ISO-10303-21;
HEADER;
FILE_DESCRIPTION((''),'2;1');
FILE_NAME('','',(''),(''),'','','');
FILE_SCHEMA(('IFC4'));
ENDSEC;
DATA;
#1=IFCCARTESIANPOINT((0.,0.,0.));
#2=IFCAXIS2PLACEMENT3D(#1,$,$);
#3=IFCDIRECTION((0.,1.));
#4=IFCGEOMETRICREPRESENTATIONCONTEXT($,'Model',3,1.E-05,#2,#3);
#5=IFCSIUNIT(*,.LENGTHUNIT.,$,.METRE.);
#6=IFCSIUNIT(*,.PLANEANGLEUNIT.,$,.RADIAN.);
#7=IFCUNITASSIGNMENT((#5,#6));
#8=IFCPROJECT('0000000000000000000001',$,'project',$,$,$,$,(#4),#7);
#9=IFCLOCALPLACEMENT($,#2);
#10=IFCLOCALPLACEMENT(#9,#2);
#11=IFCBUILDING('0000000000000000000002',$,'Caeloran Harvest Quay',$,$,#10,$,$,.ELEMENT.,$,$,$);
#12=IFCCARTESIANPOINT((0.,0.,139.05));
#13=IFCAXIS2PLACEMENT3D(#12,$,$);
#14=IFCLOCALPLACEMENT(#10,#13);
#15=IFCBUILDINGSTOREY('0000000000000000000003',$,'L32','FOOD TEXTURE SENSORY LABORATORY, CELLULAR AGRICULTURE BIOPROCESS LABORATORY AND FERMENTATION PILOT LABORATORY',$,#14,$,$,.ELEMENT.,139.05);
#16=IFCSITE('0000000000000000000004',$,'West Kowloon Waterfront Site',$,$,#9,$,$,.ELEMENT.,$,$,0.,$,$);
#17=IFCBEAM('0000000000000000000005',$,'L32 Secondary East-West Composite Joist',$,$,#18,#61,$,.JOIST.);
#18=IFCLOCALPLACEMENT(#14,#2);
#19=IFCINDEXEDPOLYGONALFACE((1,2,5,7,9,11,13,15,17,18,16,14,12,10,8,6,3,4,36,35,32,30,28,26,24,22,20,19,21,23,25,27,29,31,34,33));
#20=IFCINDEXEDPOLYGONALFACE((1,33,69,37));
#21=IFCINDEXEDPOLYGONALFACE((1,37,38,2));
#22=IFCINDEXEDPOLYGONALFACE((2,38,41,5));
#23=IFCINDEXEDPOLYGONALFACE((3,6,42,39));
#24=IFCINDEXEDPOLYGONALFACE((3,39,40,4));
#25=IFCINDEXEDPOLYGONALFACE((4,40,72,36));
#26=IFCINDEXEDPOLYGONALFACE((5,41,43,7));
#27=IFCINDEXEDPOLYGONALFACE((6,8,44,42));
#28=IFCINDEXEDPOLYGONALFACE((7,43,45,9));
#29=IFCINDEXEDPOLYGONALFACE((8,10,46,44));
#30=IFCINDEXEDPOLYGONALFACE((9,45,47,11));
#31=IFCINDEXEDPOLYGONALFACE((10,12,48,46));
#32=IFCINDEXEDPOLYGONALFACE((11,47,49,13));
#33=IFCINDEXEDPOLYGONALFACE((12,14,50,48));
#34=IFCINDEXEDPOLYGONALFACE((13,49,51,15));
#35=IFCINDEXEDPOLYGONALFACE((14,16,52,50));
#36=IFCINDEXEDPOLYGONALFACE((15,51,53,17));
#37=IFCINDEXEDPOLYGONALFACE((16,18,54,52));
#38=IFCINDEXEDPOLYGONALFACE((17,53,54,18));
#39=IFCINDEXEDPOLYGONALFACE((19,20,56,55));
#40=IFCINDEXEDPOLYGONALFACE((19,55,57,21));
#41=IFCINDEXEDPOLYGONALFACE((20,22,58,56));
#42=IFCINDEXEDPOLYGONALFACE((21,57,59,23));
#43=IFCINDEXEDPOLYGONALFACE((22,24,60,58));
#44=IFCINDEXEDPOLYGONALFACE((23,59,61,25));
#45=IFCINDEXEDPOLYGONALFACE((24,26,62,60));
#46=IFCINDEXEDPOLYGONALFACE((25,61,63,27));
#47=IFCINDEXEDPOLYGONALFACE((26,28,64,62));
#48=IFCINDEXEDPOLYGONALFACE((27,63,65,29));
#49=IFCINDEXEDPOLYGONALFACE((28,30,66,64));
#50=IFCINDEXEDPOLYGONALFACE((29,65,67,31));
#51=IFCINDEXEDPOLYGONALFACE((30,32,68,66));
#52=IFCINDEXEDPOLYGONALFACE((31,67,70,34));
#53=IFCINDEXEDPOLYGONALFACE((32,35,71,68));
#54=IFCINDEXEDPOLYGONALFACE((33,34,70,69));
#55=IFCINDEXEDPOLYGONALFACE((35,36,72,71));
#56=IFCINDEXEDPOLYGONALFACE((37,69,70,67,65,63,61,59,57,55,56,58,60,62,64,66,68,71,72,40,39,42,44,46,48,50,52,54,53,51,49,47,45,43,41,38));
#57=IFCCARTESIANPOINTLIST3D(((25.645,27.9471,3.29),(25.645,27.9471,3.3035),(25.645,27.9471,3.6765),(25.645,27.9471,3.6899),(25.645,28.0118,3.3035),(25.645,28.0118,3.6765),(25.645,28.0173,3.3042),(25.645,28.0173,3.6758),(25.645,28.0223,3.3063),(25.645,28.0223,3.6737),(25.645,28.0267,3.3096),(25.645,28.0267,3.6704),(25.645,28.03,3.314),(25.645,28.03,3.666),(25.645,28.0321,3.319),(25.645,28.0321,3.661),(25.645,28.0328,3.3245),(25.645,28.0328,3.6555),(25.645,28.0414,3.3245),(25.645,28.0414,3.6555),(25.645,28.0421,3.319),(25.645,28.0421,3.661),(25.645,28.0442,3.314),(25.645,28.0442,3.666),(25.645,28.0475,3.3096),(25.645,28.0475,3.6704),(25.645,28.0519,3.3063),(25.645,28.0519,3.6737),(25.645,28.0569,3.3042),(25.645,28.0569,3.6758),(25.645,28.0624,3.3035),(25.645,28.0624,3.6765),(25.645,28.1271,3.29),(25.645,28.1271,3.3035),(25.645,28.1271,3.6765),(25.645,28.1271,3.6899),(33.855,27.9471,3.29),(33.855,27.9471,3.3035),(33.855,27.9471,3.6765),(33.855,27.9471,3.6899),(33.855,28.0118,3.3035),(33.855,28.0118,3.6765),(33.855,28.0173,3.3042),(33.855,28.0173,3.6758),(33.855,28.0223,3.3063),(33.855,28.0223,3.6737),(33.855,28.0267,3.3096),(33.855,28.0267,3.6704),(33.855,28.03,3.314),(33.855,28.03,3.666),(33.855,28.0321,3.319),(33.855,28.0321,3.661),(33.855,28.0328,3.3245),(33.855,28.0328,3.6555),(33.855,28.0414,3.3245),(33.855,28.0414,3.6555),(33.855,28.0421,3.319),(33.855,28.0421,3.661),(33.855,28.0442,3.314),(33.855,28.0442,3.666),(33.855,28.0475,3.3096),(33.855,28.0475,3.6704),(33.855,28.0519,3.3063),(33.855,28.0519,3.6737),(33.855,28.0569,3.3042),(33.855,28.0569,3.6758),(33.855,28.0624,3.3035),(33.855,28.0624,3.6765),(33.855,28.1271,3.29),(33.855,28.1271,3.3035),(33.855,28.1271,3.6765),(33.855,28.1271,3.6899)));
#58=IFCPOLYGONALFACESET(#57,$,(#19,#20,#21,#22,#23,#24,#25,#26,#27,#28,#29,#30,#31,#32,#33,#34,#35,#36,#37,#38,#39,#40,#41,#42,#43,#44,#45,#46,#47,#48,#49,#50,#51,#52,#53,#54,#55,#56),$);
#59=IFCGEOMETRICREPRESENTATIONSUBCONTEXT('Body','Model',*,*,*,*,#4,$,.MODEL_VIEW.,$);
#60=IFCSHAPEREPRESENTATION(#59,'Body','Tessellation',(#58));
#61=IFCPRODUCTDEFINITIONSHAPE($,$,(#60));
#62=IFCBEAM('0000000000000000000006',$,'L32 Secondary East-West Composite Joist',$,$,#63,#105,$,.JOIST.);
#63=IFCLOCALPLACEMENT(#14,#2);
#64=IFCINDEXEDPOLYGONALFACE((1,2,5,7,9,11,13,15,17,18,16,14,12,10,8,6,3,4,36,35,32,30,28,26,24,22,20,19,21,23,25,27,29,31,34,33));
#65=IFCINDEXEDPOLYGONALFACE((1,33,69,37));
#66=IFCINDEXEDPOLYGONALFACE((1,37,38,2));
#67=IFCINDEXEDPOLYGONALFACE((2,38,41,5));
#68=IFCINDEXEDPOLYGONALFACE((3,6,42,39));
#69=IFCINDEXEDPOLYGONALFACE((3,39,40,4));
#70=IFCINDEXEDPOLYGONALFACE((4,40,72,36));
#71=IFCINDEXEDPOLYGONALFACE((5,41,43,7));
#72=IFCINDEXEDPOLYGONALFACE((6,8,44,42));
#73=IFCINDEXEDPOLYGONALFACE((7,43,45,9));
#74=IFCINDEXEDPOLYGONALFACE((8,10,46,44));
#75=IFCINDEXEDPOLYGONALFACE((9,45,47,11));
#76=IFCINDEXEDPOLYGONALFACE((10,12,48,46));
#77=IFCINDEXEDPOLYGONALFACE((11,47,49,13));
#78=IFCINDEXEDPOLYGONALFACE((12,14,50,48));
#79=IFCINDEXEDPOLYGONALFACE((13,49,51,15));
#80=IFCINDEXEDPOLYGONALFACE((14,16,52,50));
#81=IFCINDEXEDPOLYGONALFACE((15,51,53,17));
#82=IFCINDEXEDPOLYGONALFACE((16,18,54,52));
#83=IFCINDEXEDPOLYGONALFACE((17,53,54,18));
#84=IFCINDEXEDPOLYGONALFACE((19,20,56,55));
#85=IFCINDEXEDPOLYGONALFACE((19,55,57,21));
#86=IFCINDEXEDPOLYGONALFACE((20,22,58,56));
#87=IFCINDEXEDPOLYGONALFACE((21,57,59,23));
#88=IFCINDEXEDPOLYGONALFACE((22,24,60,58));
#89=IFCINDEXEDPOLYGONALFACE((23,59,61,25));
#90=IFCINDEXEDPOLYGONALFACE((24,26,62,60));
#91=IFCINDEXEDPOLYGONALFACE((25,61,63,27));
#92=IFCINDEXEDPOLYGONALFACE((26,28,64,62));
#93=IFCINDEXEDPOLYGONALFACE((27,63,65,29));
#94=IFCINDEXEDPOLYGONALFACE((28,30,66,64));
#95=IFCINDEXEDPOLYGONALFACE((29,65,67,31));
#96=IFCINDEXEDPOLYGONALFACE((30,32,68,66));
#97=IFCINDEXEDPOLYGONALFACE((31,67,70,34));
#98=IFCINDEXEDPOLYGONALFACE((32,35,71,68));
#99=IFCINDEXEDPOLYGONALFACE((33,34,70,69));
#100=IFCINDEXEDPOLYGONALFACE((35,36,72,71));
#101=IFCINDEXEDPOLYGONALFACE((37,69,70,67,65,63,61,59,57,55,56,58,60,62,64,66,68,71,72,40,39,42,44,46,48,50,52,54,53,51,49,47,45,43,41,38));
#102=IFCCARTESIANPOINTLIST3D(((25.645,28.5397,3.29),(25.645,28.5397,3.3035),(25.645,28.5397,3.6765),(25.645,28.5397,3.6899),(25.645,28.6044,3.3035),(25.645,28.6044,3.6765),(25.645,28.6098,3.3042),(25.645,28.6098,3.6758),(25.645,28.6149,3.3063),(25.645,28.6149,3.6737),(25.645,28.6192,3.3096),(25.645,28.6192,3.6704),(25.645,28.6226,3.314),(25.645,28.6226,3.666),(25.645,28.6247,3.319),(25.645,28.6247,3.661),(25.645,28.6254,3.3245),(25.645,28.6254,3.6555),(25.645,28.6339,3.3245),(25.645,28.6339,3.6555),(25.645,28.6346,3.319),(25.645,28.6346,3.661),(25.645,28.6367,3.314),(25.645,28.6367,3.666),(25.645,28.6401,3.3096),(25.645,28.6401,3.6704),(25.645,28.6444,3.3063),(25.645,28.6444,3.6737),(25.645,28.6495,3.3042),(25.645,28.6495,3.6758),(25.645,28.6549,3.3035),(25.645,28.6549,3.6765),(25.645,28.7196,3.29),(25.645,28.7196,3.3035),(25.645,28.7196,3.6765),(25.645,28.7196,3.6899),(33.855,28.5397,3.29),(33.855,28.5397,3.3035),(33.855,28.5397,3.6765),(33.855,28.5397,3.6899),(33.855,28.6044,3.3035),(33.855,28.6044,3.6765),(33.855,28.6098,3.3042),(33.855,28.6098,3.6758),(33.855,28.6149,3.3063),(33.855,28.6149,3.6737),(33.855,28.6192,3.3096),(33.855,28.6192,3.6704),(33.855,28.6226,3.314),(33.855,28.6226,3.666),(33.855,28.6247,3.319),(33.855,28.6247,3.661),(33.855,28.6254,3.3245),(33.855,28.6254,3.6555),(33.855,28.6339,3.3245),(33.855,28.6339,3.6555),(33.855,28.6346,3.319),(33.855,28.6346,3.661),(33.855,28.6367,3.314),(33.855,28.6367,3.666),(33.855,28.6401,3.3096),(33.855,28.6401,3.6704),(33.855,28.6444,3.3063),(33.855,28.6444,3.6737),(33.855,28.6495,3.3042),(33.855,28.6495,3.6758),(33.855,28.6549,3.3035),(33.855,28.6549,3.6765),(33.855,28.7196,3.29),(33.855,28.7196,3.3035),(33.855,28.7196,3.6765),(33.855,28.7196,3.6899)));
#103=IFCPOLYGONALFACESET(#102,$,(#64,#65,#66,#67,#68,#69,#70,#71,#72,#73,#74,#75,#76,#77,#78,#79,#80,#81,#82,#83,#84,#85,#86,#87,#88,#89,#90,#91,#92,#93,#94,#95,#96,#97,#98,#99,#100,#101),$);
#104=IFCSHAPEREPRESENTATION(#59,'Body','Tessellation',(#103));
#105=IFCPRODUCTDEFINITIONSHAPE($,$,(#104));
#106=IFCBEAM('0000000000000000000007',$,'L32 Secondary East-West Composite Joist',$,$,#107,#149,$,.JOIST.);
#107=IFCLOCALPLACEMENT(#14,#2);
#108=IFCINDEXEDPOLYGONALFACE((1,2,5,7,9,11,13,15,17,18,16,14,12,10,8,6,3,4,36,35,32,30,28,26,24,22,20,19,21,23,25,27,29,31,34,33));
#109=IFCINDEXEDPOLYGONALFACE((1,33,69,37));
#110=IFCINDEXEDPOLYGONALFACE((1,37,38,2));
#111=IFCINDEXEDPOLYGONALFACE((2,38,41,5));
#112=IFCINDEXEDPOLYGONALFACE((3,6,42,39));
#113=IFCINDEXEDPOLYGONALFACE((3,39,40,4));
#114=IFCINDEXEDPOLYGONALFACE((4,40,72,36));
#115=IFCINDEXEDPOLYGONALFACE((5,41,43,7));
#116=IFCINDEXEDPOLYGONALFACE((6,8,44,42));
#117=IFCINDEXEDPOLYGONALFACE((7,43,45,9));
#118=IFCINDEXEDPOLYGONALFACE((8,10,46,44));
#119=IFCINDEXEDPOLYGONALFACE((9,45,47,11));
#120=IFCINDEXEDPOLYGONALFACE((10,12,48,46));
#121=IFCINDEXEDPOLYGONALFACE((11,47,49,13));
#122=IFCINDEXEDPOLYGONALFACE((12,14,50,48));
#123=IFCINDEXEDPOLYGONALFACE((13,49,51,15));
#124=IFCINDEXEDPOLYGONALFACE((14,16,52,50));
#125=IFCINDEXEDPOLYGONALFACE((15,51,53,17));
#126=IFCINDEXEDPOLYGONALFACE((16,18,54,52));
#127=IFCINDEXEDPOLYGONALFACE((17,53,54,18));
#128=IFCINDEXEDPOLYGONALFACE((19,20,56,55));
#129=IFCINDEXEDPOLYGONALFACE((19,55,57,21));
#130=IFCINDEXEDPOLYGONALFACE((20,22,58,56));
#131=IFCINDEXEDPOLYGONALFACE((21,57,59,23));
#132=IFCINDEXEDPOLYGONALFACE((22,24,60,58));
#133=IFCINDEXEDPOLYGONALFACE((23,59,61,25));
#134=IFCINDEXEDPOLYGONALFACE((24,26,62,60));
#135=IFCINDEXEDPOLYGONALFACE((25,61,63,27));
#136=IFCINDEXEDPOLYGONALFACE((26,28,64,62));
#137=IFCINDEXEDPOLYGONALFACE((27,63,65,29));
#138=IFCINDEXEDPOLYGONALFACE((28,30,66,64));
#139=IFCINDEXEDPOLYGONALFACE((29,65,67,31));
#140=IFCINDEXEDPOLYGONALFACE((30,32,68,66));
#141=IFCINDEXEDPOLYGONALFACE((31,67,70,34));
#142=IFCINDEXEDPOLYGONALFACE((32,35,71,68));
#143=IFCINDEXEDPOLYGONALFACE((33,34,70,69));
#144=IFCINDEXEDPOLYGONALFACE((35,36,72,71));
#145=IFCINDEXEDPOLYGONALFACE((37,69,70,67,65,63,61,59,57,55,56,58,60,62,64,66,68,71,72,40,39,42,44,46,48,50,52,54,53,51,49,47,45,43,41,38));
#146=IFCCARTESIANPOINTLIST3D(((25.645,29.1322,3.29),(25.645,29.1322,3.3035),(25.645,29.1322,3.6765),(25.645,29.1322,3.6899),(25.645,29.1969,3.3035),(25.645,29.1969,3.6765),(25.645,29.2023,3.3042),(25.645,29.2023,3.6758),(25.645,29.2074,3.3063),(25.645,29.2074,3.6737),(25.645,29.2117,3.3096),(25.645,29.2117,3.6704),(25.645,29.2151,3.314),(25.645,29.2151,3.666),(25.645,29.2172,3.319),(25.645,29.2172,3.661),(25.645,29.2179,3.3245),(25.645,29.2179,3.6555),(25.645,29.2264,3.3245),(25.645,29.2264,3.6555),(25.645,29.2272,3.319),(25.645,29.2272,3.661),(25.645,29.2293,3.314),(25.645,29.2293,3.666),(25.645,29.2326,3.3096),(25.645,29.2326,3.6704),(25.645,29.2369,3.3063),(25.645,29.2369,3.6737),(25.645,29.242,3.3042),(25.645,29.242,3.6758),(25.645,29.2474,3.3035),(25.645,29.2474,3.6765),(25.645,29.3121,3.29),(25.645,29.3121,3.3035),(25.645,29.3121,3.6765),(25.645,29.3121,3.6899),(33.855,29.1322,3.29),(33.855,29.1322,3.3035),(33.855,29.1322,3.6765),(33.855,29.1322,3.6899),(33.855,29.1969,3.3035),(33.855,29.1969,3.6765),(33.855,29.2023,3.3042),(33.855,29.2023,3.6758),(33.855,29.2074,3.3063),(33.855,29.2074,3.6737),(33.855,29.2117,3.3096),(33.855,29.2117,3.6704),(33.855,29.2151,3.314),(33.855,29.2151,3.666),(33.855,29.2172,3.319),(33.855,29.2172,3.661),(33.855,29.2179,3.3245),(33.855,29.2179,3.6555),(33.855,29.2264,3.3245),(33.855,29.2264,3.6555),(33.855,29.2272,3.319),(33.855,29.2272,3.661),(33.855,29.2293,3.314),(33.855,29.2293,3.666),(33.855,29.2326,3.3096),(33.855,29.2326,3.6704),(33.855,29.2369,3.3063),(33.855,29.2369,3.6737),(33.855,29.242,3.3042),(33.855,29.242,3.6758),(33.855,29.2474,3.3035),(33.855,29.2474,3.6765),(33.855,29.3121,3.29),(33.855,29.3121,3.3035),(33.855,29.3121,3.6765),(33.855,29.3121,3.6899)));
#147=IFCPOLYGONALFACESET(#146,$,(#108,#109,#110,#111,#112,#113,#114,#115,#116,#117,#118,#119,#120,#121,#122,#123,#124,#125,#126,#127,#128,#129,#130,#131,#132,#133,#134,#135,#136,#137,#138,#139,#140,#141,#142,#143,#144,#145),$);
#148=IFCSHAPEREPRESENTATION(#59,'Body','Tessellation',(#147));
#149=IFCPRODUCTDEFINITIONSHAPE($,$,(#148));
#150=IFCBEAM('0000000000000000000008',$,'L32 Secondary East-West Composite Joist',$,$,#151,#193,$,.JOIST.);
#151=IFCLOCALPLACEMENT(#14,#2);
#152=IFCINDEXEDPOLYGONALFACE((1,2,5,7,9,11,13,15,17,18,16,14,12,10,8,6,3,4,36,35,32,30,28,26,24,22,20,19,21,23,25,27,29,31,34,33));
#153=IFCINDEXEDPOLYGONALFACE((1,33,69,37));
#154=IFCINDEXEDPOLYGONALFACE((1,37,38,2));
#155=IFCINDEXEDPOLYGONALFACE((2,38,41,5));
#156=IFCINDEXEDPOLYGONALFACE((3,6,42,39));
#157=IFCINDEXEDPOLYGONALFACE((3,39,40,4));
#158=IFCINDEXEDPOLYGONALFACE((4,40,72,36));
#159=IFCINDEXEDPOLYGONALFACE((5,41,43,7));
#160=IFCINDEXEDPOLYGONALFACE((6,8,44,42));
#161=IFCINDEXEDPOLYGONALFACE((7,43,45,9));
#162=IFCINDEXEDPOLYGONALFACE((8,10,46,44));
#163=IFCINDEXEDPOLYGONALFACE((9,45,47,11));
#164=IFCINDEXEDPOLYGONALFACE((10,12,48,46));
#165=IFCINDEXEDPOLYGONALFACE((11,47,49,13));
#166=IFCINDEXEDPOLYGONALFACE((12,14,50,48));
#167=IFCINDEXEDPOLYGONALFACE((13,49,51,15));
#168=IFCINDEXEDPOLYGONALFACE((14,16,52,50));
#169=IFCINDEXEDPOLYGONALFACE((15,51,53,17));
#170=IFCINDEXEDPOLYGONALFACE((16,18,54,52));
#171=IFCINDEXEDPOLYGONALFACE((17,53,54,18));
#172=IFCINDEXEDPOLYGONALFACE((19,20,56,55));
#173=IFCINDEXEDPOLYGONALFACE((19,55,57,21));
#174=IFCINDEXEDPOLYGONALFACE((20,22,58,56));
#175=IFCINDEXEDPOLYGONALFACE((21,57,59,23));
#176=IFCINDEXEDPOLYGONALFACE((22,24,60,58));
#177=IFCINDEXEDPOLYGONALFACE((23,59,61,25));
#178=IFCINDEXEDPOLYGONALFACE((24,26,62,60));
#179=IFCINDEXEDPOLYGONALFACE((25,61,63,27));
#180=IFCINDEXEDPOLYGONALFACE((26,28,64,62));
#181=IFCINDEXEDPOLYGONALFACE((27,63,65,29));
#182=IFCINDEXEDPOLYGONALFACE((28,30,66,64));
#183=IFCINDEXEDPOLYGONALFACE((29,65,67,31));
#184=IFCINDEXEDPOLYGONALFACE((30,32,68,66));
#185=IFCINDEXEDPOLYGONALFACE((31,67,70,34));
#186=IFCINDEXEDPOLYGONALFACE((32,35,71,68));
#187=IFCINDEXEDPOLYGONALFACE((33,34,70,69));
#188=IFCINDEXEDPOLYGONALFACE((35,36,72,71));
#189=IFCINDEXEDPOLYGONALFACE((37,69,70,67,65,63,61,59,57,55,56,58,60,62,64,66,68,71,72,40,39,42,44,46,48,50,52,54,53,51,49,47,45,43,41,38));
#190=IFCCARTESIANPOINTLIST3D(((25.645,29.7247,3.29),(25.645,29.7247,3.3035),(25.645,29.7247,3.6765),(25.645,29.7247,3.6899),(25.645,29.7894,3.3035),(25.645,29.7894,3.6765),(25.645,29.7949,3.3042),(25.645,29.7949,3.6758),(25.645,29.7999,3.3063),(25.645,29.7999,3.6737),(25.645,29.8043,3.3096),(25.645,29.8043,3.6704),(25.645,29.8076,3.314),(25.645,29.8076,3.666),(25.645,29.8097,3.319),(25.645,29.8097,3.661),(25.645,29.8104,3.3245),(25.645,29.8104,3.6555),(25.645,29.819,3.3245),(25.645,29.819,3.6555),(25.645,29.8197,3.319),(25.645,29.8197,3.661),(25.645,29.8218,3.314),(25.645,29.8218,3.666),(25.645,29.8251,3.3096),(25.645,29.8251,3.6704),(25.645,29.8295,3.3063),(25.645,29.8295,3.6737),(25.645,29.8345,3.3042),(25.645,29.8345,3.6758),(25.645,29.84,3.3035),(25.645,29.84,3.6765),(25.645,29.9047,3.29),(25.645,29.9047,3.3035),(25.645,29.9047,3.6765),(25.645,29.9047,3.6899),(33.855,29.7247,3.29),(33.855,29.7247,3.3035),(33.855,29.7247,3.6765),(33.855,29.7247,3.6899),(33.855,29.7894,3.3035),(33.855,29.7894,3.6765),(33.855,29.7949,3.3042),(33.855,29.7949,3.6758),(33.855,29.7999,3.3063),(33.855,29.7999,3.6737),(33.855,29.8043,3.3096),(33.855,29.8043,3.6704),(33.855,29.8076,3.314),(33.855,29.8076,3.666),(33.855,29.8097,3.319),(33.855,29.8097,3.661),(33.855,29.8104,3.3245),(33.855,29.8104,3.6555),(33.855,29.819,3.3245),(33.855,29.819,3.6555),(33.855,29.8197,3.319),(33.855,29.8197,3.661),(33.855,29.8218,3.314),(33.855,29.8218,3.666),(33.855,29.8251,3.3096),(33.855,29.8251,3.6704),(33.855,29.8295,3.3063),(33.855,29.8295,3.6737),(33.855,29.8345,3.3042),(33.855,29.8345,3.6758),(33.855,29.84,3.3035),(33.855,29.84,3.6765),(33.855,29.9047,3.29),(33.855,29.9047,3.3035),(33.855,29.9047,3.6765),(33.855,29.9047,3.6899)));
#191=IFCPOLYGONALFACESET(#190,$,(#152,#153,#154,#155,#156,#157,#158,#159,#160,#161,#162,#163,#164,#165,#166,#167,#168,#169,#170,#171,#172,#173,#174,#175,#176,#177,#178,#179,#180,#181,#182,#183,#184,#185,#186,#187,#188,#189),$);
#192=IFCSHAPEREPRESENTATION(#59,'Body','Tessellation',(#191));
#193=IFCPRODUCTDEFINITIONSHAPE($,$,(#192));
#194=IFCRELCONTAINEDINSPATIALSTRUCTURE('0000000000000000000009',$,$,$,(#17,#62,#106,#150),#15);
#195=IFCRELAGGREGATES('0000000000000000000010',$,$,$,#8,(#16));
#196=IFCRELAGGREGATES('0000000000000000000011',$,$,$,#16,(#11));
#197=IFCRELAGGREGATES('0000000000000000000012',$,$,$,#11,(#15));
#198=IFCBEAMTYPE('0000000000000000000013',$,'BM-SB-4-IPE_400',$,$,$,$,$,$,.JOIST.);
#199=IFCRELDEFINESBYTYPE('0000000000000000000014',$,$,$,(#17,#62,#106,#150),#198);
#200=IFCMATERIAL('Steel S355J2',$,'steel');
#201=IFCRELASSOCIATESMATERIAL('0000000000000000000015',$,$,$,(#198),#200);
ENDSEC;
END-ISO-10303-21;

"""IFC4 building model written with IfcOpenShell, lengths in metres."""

from ifc_helpers import new_model, si_unit, direction, frame, origin, origin_2d, place, context, subcontext, project, spatial, i_section, extrude, material, material_profile, profile_set, type_object, element, save


model = new_model("IFC4")

# Units and contexts
model_context = context("Model", 3, precision=1e-05, world=origin(), true_north=direction((0.0, 1.0)))
body_context = subcontext(model_context, "Body", "Model", "MODEL_VIEW")
ifc_project = project(units=[si_unit("LENGTHUNIT", "METRE"), si_unit("PLANEANGLEUNIT", "RADIAN")], contexts=[model_context])

# Site, building, storey
site_placement = place(None, origin())
site = spatial("IfcSite", under=ifc_project, at=site_placement, Name="West Kowloon Waterfront Site", CompositionType="ELEMENT", RefElevation=0.0)
building_placement = place(site_placement, origin())
building = spatial("IfcBuilding", under=site, at=building_placement, Name="Caeloran Harvest Quay", CompositionType="ELEMENT")
storey_placement = place(building_placement, frame((0.0, 0.0, 139.05)))
storey = spatial("IfcBuildingStorey", under=building, at=storey_placement, Name="L32", Description="FOOD TEXTURE SENSORY LABORATORY, CELLULAR AGRICULTURE BIOPROCESS LABORATORY AND FERMENTATION PILOT LABORATORY", CompositionType="ELEMENT", Elevation=139.05)

# Beams
ifc_material = material(Name="Steel S355J2", Category="steel")
ifc_material_profile_1 = material_profile(ifc_material, i_section(OverallWidth=0.1799, OverallDepth=0.3999, WebThickness=0.0085, FlangeThickness=0.0134, FilletRadius=0.021, at=origin_2d()), Name="IPE 400")
ifc_profile_set_1 = profile_set([ifc_material_profile_1], Name="Steel S355J2")
beam_type_1 = type_object("IfcBeamType", Name="BM-SB-4-IPE_400", PredefinedType="JOIST", material=ifc_profile_set_1)
for number, where, z_axis, x_axis, name in (
    (1, (25.645, 28.0371, 3.49), (1.0, 0.0, 0.0), (0.0, 1.0, 0.0), "L32 Secondary East-West Composite Joist"),
    (2, (25.645, 28.6296, 3.49), (1.0, 0.0, 0.0), (0.0, 1.0, 0.0), "L32 Secondary East-West Composite Joist"),
    (3, (25.645, 29.2222, 3.49), (1.0, 0.0, 0.0), (0.0, 1.0, 0.0), "L32 Secondary East-West Composite Joist"),
    (4, (25.645, 29.8147, 3.49), (1.0, 0.0, 0.0), (0.0, 1.0, 0.0), "L32 Secondary East-West Composite Joist"),
):
    element("IfcBeam", number, at=place(storey_placement, frame(where, z_axis=z_axis, x_axis=x_axis)), inside=storey, type_object=beam_type_1, Name=name, PredefinedType="JOIST", context=body_context, shape_type="SweptSolid", body=[
        extrude(i_section(OverallWidth=0.1799, OverallDepth=0.3999, WebThickness=0.0085, FlangeThickness=0.0134, FilletRadius=0.021, at=origin_2d()), origin(), (0.0, 0.0, 1.0), 8.21),
    ])

save(model, "model.ifc")
